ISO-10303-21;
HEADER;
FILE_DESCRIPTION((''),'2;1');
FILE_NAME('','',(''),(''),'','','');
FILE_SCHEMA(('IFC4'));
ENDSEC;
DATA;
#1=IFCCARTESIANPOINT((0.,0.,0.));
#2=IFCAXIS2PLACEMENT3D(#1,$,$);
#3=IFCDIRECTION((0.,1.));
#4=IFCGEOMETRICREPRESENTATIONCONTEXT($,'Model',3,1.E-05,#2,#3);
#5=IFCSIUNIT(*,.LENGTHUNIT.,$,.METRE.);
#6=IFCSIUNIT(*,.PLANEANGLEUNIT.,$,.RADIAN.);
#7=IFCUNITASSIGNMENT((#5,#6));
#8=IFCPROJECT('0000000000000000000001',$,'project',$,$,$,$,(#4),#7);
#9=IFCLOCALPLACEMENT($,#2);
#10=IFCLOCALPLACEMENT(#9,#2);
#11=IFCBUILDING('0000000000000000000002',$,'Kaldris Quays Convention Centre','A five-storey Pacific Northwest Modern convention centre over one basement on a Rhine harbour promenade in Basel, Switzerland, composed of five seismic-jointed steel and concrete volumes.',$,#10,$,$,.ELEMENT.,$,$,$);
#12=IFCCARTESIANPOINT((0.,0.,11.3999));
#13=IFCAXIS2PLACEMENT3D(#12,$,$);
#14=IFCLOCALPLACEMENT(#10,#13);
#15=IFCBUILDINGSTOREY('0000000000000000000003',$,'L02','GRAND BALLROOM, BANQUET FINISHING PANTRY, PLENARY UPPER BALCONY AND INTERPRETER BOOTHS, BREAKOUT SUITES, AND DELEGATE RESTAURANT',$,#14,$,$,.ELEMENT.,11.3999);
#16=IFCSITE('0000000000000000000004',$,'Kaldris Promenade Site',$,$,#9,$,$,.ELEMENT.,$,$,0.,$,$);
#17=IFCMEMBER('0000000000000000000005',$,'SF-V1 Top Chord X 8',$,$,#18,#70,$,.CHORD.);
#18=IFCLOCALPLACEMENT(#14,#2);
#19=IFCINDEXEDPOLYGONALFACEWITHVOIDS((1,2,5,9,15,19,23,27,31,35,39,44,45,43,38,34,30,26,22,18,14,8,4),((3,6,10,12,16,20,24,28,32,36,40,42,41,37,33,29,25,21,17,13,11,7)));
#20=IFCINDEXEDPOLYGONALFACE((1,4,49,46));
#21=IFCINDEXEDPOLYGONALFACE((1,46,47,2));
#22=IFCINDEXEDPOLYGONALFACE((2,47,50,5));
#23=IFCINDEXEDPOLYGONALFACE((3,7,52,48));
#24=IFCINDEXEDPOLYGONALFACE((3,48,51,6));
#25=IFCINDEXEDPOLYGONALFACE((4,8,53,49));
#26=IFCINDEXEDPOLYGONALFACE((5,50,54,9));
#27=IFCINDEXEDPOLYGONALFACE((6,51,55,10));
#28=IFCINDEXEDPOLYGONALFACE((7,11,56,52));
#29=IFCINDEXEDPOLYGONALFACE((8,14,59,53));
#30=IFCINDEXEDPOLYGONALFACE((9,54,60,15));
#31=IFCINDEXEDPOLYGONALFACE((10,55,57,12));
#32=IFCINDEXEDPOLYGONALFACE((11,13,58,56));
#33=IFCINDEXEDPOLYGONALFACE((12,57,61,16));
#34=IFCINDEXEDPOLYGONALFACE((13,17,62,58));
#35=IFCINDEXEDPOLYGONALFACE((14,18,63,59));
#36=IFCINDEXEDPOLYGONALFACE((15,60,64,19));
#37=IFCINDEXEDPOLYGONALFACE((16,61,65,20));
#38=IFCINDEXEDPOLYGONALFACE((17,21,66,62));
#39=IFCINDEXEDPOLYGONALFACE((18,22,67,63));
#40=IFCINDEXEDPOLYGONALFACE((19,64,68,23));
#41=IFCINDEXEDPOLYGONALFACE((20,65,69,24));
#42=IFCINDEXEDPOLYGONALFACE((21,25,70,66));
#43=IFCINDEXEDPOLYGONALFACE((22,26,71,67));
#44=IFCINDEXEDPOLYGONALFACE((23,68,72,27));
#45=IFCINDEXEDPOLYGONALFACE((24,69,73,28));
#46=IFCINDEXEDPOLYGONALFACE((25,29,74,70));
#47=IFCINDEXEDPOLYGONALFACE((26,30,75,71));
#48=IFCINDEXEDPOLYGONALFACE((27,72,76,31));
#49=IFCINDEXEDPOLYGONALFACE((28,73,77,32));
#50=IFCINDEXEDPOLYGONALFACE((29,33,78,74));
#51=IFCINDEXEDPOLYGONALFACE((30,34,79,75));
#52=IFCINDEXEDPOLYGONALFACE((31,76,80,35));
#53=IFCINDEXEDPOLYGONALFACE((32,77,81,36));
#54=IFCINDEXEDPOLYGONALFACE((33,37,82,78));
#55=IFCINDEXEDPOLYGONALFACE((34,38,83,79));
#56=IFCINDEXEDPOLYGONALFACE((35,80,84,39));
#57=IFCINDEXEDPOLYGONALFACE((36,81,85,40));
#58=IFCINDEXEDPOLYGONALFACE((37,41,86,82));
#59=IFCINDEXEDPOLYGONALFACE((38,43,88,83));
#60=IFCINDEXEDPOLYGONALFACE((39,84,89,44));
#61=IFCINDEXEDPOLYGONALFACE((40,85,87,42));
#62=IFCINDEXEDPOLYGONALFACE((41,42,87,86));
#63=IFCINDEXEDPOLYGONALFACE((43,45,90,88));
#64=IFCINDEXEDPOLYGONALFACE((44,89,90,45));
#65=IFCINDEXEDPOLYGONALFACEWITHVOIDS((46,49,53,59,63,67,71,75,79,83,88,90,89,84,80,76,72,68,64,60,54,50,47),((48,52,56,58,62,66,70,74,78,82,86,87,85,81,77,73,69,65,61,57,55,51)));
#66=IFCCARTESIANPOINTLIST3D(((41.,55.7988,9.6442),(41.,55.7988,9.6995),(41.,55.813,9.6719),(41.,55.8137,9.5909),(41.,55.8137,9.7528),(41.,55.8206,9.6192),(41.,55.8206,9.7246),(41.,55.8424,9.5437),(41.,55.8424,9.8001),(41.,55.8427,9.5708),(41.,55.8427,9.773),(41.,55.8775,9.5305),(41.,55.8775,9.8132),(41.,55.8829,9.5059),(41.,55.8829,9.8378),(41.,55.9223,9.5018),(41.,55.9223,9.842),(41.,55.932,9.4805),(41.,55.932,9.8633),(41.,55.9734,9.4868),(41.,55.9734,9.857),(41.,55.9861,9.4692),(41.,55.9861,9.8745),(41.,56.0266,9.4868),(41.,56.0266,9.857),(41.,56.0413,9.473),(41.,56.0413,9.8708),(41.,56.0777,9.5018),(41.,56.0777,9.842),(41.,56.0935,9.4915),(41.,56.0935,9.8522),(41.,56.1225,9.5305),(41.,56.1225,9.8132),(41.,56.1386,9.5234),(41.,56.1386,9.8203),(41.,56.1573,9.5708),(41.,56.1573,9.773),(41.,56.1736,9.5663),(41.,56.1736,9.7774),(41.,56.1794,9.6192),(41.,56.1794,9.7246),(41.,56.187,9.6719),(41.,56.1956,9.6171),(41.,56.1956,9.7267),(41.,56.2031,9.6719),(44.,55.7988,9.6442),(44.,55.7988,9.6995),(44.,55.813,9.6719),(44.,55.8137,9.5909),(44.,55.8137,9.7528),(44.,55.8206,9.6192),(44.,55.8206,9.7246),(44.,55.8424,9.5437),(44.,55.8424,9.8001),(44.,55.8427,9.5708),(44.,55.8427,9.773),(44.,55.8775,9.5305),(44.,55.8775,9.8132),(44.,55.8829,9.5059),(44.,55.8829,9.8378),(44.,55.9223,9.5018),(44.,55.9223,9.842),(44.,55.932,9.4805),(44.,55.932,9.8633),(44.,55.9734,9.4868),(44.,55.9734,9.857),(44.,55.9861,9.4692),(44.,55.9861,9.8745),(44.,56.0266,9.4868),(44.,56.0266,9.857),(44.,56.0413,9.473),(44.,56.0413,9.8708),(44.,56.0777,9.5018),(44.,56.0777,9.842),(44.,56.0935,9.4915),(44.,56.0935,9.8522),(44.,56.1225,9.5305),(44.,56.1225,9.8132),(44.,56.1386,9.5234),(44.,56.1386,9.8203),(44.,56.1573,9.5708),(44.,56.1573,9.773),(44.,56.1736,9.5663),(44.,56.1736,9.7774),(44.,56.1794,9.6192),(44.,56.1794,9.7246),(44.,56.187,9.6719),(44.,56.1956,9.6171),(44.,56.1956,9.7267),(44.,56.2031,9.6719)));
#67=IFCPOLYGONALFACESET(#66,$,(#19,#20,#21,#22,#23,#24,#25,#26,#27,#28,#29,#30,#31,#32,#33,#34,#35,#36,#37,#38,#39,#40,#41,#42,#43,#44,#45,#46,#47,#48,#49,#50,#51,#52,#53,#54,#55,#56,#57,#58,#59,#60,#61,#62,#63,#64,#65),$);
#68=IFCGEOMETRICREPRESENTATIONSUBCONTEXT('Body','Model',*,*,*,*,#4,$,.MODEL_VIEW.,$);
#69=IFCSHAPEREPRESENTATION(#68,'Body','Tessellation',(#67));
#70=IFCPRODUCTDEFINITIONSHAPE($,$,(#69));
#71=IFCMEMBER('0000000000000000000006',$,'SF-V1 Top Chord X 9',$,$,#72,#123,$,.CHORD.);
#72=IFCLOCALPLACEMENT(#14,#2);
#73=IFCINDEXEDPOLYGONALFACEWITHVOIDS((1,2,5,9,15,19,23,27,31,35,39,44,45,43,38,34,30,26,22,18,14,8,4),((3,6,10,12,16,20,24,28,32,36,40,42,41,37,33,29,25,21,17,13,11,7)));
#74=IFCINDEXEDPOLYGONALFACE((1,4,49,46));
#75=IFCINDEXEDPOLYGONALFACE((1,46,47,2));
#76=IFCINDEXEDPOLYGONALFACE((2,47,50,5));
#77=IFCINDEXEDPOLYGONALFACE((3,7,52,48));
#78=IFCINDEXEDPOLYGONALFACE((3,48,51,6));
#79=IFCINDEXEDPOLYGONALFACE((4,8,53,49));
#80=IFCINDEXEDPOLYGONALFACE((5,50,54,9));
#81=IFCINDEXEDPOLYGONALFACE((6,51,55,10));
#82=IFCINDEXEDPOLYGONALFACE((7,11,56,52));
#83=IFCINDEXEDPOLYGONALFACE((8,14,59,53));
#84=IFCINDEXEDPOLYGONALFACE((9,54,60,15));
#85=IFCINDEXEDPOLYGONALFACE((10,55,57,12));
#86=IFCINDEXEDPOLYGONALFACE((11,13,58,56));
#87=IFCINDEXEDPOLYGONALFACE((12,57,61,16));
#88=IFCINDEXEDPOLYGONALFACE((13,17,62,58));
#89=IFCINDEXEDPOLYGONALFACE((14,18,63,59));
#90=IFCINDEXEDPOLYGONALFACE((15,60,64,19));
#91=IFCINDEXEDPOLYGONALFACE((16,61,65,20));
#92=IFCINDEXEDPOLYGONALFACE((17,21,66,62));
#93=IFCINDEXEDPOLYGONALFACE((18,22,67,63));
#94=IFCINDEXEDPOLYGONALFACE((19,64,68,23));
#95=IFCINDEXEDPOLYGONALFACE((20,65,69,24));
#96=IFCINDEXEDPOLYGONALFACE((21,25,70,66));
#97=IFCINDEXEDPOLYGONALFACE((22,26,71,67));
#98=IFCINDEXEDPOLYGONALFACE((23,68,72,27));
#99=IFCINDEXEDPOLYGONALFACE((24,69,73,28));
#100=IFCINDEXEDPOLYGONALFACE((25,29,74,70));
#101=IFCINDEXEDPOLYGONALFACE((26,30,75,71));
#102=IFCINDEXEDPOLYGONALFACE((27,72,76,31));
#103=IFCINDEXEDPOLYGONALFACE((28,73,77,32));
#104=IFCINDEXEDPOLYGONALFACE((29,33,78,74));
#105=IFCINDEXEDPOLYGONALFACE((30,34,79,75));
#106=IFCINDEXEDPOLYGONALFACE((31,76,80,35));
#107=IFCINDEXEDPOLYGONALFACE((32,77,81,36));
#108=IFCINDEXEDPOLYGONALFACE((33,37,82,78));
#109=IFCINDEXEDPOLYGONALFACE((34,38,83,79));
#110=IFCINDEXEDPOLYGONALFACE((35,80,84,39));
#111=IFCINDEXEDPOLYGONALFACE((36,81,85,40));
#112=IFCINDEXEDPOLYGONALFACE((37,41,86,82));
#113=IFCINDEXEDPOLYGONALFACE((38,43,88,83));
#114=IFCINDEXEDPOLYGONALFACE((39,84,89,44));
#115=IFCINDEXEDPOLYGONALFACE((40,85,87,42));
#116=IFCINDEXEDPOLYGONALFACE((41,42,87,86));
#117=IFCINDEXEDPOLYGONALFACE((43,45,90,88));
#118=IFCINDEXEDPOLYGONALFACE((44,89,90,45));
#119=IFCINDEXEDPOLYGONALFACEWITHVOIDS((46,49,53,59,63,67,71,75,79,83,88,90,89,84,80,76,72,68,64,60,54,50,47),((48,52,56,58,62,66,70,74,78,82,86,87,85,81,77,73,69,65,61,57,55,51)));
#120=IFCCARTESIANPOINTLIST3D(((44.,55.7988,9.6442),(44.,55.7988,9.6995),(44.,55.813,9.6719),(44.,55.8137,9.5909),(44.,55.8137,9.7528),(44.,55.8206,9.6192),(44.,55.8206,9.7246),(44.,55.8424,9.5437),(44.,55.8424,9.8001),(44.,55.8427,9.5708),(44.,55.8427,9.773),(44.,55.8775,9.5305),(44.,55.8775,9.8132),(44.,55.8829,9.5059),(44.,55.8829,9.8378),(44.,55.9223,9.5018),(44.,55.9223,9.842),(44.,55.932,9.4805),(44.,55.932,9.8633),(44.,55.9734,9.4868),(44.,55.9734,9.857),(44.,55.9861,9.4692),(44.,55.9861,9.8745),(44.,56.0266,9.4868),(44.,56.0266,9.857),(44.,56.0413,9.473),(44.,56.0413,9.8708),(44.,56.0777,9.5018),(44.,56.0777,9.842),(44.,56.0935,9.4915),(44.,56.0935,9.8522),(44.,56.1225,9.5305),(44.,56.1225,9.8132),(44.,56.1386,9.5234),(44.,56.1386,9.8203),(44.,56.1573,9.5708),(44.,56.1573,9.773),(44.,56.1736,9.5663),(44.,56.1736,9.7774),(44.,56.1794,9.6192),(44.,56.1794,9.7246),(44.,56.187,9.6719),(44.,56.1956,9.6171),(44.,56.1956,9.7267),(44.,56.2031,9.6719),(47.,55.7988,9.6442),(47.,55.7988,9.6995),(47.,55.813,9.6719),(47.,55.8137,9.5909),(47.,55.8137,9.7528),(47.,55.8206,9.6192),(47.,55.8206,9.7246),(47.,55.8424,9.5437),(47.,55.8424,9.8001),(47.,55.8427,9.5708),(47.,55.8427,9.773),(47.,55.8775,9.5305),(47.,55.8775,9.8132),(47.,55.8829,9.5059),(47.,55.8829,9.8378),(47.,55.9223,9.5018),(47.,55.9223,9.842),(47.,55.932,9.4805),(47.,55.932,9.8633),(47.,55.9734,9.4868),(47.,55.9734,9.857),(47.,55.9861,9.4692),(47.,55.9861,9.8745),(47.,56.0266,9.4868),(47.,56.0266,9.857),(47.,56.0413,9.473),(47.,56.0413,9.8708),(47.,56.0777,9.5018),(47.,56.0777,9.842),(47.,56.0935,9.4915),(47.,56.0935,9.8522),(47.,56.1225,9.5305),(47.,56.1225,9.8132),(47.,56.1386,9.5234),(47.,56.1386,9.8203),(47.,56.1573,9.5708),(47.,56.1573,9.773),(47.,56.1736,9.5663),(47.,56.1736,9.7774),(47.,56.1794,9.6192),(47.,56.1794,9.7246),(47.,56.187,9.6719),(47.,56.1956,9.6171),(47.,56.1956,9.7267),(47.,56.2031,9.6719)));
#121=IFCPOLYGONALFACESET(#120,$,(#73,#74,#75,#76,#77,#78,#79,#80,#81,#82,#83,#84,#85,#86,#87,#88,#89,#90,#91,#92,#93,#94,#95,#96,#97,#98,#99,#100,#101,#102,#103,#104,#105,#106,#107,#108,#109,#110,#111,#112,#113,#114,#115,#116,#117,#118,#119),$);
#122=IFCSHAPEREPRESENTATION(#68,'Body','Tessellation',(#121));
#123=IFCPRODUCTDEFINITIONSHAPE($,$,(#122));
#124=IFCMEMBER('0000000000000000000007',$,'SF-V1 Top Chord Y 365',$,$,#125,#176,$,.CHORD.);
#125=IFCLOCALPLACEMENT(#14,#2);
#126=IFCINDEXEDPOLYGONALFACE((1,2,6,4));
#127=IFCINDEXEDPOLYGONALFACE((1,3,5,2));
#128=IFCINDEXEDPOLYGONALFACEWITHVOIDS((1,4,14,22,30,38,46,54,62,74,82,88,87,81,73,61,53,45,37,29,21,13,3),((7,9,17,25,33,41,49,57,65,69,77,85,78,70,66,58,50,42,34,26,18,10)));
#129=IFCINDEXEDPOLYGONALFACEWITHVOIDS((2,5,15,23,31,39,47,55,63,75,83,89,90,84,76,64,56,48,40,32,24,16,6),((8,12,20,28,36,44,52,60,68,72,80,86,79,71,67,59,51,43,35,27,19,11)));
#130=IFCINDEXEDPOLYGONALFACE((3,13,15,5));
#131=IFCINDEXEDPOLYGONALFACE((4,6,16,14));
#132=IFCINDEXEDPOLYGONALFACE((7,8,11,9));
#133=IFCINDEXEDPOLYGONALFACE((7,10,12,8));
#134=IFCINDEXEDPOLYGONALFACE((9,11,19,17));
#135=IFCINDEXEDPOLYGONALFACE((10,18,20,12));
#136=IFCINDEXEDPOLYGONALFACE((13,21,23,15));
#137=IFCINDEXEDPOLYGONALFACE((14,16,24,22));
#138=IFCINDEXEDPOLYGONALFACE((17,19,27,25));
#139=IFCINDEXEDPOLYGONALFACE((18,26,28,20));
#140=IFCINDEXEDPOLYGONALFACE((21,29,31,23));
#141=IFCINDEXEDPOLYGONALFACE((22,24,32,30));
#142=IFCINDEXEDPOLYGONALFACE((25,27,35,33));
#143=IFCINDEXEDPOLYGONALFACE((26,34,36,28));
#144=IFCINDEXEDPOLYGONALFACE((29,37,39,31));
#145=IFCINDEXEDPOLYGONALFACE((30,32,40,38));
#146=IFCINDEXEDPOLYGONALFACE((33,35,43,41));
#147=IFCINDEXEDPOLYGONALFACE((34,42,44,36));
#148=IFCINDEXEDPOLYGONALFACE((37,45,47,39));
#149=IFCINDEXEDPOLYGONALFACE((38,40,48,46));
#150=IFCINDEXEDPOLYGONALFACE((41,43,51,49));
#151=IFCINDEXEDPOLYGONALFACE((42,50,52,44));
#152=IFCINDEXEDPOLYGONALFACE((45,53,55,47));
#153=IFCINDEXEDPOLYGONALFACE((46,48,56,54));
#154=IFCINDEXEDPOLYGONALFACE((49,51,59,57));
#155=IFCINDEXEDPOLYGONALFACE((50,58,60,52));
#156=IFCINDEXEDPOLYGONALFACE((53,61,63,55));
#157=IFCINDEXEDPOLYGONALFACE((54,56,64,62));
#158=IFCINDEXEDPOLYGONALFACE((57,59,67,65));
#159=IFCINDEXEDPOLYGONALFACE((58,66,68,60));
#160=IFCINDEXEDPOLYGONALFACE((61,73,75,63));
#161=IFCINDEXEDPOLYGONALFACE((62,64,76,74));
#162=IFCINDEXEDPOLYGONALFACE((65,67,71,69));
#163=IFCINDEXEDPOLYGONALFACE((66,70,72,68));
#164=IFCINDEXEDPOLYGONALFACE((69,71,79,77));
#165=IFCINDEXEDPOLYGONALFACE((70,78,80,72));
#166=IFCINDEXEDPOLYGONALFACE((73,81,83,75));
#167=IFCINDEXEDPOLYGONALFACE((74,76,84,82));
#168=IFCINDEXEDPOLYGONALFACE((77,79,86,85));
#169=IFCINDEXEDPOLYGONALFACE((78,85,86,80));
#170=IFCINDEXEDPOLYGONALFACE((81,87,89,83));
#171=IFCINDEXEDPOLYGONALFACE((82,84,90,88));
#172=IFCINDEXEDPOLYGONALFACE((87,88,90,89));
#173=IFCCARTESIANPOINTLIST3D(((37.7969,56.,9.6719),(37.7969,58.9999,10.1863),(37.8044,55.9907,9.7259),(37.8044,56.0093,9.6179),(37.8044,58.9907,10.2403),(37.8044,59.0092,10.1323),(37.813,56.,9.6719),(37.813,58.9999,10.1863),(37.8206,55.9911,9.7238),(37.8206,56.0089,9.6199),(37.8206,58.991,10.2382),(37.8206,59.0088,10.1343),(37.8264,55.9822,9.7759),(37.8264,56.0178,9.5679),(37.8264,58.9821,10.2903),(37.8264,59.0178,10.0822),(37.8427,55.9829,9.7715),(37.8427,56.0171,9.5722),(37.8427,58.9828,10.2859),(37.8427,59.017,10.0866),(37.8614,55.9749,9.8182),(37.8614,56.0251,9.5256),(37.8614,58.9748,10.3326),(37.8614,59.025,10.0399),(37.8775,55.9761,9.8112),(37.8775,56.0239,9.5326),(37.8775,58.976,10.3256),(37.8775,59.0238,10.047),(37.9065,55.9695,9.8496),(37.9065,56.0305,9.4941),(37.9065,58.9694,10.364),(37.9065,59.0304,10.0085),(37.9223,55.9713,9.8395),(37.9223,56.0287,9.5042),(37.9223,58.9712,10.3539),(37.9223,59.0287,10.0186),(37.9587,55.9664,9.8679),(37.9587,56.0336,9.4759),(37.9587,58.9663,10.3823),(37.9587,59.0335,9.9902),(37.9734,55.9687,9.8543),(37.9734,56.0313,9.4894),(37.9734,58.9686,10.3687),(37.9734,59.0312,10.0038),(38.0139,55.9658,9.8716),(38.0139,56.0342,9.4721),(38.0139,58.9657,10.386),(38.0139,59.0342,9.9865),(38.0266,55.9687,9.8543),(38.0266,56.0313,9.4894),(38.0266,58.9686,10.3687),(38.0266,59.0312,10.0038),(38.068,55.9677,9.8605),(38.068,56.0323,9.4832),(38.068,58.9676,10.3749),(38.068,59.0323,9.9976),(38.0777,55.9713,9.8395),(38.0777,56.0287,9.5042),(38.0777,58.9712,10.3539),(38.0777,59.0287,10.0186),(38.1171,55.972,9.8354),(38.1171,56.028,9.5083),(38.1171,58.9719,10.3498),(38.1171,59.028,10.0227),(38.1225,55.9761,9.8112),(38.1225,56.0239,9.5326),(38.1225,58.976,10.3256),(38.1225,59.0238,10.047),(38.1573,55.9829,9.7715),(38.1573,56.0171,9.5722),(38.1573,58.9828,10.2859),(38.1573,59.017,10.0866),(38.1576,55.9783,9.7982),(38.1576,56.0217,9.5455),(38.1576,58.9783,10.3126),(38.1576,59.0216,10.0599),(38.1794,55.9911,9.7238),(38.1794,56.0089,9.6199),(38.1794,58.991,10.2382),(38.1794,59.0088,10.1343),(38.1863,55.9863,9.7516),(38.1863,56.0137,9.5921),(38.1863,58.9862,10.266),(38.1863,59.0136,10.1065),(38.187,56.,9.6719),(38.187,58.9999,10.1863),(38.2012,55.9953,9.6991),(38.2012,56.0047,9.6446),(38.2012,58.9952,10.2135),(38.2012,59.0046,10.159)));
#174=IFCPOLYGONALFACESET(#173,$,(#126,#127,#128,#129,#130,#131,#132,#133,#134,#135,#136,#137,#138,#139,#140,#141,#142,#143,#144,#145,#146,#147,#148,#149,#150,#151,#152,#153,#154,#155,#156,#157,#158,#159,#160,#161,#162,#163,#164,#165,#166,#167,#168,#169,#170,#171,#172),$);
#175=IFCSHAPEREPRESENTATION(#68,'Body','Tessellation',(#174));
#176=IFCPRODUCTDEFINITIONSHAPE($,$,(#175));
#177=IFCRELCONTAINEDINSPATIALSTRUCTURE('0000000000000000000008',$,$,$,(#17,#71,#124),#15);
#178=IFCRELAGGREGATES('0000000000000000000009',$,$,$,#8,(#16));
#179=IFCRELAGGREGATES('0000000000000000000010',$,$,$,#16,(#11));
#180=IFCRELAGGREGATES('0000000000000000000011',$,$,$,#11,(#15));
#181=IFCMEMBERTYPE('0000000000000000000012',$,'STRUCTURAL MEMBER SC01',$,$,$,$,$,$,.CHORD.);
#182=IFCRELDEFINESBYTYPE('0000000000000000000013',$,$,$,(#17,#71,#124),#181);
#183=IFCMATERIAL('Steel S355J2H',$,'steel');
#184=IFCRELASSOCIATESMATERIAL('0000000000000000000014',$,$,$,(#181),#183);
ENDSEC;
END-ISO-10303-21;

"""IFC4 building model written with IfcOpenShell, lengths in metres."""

from ifc_helpers import new_model, si_unit, direction, frame, origin, origin_2d, place, context, subcontext, project, spatial, hollow_circle, extrude, material, material_profile, profile_set, type_object, element, save


model = new_model("IFC4")

# Units and contexts
model_context = context("Model", 3, precision=1e-05, world=origin(), true_north=direction((0.0, 1.0)))
body_context = subcontext(model_context, "Body", "Model", "MODEL_VIEW")
ifc_project = project(units=[si_unit("LENGTHUNIT", "METRE"), si_unit("PLANEANGLEUNIT", "RADIAN")], contexts=[model_context])

# Site, building, storey
site_placement = place(None, origin())
site = spatial("IfcSite", under=ifc_project, at=site_placement, Name="Kaldris Promenade Site", CompositionType="ELEMENT", RefElevation=0.0)
building_placement = place(site_placement, origin())
building = spatial("IfcBuilding", under=site, at=building_placement, Name="Kaldris Quays Convention Centre", Description="A five-storey Pacific Northwest Modern convention centre over one basement on a Rhine harbour promenade in Basel, Switzerland, composed of five seismic-jointed steel and concrete volumes.", CompositionType="ELEMENT")
storey_placement = place(building_placement, frame((0.0, 0.0, 11.3999)))
storey = spatial("IfcBuildingStorey", under=building, at=storey_placement, Name="L02", Description="GRAND BALLROOM, BANQUET FINISHING PANTRY, PLENARY UPPER BALCONY AND INTERPRETER BOOTHS, BREAKOUT SUITES, AND DELEGATE RESTAURANT", CompositionType="ELEMENT", Elevation=11.3999)

# Members
ifc_material_1 = material(Name="Steel S355J2H", Category="steel")
ifc_material_profile_1 = material_profile(ifc_material_1, hollow_circle(Radius=0.2031, WallThickness=0.0161, at=origin_2d()), Name="CHS 406.4x16")
ifc_profile_set_1 = profile_set([ifc_material_profile_1], Name="Steel S355J2H")
member_type_1 = type_object("IfcMemberType", Name="STRUCTURAL MEMBER SC01", PredefinedType="CHORD", material=ifc_profile_set_1)
for number, where, z_axis, x_axis, name in (
    (1, (41.0, 56.0, 9.6719), (1.0, 0.0, 0.0), (0.0, 1.0, 0.0), "SF-V1 Top Chord X 8"),
    (2, (44.0, 56.0, 9.6719), (1.0, 0.0, 0.0), (0.0, 1.0, 0.0), "SF-V1 Top Chord X 9"),
):
    element("IfcMember", number, at=place(storey_placement, frame(where, z_axis=z_axis, x_axis=x_axis)), inside=storey, type_object=member_type_1, Name=name, PredefinedType="CHORD", context=body_context, shape_type="SweptSolid", body=[
        extrude(hollow_circle(Radius=0.2031, WallThickness=0.0161, at=origin_2d()), origin(), (0.0, 0.0, 1.0), 3.0),
    ])
for number, where, z_axis, x_axis, name in (
    (3, (38.0, 56.0, 9.6719), (0.0, 0.985616, 0.169002), (-1.0, 0.0, 0.0), "SF-V1 Top Chord Y 365"),
):
    element("IfcMember", number, at=place(storey_placement, frame(where, z_axis=z_axis, x_axis=x_axis)), inside=storey, type_object=member_type_1, Name=name, PredefinedType="CHORD", context=body_context, shape_type="SweptSolid", body=[
        extrude(hollow_circle(Radius=0.2031, WallThickness=0.0161, at=origin_2d()), origin(), (0.0, 0.0, 1.0), 3.0437),
    ])

save(model, "model.ifc")
